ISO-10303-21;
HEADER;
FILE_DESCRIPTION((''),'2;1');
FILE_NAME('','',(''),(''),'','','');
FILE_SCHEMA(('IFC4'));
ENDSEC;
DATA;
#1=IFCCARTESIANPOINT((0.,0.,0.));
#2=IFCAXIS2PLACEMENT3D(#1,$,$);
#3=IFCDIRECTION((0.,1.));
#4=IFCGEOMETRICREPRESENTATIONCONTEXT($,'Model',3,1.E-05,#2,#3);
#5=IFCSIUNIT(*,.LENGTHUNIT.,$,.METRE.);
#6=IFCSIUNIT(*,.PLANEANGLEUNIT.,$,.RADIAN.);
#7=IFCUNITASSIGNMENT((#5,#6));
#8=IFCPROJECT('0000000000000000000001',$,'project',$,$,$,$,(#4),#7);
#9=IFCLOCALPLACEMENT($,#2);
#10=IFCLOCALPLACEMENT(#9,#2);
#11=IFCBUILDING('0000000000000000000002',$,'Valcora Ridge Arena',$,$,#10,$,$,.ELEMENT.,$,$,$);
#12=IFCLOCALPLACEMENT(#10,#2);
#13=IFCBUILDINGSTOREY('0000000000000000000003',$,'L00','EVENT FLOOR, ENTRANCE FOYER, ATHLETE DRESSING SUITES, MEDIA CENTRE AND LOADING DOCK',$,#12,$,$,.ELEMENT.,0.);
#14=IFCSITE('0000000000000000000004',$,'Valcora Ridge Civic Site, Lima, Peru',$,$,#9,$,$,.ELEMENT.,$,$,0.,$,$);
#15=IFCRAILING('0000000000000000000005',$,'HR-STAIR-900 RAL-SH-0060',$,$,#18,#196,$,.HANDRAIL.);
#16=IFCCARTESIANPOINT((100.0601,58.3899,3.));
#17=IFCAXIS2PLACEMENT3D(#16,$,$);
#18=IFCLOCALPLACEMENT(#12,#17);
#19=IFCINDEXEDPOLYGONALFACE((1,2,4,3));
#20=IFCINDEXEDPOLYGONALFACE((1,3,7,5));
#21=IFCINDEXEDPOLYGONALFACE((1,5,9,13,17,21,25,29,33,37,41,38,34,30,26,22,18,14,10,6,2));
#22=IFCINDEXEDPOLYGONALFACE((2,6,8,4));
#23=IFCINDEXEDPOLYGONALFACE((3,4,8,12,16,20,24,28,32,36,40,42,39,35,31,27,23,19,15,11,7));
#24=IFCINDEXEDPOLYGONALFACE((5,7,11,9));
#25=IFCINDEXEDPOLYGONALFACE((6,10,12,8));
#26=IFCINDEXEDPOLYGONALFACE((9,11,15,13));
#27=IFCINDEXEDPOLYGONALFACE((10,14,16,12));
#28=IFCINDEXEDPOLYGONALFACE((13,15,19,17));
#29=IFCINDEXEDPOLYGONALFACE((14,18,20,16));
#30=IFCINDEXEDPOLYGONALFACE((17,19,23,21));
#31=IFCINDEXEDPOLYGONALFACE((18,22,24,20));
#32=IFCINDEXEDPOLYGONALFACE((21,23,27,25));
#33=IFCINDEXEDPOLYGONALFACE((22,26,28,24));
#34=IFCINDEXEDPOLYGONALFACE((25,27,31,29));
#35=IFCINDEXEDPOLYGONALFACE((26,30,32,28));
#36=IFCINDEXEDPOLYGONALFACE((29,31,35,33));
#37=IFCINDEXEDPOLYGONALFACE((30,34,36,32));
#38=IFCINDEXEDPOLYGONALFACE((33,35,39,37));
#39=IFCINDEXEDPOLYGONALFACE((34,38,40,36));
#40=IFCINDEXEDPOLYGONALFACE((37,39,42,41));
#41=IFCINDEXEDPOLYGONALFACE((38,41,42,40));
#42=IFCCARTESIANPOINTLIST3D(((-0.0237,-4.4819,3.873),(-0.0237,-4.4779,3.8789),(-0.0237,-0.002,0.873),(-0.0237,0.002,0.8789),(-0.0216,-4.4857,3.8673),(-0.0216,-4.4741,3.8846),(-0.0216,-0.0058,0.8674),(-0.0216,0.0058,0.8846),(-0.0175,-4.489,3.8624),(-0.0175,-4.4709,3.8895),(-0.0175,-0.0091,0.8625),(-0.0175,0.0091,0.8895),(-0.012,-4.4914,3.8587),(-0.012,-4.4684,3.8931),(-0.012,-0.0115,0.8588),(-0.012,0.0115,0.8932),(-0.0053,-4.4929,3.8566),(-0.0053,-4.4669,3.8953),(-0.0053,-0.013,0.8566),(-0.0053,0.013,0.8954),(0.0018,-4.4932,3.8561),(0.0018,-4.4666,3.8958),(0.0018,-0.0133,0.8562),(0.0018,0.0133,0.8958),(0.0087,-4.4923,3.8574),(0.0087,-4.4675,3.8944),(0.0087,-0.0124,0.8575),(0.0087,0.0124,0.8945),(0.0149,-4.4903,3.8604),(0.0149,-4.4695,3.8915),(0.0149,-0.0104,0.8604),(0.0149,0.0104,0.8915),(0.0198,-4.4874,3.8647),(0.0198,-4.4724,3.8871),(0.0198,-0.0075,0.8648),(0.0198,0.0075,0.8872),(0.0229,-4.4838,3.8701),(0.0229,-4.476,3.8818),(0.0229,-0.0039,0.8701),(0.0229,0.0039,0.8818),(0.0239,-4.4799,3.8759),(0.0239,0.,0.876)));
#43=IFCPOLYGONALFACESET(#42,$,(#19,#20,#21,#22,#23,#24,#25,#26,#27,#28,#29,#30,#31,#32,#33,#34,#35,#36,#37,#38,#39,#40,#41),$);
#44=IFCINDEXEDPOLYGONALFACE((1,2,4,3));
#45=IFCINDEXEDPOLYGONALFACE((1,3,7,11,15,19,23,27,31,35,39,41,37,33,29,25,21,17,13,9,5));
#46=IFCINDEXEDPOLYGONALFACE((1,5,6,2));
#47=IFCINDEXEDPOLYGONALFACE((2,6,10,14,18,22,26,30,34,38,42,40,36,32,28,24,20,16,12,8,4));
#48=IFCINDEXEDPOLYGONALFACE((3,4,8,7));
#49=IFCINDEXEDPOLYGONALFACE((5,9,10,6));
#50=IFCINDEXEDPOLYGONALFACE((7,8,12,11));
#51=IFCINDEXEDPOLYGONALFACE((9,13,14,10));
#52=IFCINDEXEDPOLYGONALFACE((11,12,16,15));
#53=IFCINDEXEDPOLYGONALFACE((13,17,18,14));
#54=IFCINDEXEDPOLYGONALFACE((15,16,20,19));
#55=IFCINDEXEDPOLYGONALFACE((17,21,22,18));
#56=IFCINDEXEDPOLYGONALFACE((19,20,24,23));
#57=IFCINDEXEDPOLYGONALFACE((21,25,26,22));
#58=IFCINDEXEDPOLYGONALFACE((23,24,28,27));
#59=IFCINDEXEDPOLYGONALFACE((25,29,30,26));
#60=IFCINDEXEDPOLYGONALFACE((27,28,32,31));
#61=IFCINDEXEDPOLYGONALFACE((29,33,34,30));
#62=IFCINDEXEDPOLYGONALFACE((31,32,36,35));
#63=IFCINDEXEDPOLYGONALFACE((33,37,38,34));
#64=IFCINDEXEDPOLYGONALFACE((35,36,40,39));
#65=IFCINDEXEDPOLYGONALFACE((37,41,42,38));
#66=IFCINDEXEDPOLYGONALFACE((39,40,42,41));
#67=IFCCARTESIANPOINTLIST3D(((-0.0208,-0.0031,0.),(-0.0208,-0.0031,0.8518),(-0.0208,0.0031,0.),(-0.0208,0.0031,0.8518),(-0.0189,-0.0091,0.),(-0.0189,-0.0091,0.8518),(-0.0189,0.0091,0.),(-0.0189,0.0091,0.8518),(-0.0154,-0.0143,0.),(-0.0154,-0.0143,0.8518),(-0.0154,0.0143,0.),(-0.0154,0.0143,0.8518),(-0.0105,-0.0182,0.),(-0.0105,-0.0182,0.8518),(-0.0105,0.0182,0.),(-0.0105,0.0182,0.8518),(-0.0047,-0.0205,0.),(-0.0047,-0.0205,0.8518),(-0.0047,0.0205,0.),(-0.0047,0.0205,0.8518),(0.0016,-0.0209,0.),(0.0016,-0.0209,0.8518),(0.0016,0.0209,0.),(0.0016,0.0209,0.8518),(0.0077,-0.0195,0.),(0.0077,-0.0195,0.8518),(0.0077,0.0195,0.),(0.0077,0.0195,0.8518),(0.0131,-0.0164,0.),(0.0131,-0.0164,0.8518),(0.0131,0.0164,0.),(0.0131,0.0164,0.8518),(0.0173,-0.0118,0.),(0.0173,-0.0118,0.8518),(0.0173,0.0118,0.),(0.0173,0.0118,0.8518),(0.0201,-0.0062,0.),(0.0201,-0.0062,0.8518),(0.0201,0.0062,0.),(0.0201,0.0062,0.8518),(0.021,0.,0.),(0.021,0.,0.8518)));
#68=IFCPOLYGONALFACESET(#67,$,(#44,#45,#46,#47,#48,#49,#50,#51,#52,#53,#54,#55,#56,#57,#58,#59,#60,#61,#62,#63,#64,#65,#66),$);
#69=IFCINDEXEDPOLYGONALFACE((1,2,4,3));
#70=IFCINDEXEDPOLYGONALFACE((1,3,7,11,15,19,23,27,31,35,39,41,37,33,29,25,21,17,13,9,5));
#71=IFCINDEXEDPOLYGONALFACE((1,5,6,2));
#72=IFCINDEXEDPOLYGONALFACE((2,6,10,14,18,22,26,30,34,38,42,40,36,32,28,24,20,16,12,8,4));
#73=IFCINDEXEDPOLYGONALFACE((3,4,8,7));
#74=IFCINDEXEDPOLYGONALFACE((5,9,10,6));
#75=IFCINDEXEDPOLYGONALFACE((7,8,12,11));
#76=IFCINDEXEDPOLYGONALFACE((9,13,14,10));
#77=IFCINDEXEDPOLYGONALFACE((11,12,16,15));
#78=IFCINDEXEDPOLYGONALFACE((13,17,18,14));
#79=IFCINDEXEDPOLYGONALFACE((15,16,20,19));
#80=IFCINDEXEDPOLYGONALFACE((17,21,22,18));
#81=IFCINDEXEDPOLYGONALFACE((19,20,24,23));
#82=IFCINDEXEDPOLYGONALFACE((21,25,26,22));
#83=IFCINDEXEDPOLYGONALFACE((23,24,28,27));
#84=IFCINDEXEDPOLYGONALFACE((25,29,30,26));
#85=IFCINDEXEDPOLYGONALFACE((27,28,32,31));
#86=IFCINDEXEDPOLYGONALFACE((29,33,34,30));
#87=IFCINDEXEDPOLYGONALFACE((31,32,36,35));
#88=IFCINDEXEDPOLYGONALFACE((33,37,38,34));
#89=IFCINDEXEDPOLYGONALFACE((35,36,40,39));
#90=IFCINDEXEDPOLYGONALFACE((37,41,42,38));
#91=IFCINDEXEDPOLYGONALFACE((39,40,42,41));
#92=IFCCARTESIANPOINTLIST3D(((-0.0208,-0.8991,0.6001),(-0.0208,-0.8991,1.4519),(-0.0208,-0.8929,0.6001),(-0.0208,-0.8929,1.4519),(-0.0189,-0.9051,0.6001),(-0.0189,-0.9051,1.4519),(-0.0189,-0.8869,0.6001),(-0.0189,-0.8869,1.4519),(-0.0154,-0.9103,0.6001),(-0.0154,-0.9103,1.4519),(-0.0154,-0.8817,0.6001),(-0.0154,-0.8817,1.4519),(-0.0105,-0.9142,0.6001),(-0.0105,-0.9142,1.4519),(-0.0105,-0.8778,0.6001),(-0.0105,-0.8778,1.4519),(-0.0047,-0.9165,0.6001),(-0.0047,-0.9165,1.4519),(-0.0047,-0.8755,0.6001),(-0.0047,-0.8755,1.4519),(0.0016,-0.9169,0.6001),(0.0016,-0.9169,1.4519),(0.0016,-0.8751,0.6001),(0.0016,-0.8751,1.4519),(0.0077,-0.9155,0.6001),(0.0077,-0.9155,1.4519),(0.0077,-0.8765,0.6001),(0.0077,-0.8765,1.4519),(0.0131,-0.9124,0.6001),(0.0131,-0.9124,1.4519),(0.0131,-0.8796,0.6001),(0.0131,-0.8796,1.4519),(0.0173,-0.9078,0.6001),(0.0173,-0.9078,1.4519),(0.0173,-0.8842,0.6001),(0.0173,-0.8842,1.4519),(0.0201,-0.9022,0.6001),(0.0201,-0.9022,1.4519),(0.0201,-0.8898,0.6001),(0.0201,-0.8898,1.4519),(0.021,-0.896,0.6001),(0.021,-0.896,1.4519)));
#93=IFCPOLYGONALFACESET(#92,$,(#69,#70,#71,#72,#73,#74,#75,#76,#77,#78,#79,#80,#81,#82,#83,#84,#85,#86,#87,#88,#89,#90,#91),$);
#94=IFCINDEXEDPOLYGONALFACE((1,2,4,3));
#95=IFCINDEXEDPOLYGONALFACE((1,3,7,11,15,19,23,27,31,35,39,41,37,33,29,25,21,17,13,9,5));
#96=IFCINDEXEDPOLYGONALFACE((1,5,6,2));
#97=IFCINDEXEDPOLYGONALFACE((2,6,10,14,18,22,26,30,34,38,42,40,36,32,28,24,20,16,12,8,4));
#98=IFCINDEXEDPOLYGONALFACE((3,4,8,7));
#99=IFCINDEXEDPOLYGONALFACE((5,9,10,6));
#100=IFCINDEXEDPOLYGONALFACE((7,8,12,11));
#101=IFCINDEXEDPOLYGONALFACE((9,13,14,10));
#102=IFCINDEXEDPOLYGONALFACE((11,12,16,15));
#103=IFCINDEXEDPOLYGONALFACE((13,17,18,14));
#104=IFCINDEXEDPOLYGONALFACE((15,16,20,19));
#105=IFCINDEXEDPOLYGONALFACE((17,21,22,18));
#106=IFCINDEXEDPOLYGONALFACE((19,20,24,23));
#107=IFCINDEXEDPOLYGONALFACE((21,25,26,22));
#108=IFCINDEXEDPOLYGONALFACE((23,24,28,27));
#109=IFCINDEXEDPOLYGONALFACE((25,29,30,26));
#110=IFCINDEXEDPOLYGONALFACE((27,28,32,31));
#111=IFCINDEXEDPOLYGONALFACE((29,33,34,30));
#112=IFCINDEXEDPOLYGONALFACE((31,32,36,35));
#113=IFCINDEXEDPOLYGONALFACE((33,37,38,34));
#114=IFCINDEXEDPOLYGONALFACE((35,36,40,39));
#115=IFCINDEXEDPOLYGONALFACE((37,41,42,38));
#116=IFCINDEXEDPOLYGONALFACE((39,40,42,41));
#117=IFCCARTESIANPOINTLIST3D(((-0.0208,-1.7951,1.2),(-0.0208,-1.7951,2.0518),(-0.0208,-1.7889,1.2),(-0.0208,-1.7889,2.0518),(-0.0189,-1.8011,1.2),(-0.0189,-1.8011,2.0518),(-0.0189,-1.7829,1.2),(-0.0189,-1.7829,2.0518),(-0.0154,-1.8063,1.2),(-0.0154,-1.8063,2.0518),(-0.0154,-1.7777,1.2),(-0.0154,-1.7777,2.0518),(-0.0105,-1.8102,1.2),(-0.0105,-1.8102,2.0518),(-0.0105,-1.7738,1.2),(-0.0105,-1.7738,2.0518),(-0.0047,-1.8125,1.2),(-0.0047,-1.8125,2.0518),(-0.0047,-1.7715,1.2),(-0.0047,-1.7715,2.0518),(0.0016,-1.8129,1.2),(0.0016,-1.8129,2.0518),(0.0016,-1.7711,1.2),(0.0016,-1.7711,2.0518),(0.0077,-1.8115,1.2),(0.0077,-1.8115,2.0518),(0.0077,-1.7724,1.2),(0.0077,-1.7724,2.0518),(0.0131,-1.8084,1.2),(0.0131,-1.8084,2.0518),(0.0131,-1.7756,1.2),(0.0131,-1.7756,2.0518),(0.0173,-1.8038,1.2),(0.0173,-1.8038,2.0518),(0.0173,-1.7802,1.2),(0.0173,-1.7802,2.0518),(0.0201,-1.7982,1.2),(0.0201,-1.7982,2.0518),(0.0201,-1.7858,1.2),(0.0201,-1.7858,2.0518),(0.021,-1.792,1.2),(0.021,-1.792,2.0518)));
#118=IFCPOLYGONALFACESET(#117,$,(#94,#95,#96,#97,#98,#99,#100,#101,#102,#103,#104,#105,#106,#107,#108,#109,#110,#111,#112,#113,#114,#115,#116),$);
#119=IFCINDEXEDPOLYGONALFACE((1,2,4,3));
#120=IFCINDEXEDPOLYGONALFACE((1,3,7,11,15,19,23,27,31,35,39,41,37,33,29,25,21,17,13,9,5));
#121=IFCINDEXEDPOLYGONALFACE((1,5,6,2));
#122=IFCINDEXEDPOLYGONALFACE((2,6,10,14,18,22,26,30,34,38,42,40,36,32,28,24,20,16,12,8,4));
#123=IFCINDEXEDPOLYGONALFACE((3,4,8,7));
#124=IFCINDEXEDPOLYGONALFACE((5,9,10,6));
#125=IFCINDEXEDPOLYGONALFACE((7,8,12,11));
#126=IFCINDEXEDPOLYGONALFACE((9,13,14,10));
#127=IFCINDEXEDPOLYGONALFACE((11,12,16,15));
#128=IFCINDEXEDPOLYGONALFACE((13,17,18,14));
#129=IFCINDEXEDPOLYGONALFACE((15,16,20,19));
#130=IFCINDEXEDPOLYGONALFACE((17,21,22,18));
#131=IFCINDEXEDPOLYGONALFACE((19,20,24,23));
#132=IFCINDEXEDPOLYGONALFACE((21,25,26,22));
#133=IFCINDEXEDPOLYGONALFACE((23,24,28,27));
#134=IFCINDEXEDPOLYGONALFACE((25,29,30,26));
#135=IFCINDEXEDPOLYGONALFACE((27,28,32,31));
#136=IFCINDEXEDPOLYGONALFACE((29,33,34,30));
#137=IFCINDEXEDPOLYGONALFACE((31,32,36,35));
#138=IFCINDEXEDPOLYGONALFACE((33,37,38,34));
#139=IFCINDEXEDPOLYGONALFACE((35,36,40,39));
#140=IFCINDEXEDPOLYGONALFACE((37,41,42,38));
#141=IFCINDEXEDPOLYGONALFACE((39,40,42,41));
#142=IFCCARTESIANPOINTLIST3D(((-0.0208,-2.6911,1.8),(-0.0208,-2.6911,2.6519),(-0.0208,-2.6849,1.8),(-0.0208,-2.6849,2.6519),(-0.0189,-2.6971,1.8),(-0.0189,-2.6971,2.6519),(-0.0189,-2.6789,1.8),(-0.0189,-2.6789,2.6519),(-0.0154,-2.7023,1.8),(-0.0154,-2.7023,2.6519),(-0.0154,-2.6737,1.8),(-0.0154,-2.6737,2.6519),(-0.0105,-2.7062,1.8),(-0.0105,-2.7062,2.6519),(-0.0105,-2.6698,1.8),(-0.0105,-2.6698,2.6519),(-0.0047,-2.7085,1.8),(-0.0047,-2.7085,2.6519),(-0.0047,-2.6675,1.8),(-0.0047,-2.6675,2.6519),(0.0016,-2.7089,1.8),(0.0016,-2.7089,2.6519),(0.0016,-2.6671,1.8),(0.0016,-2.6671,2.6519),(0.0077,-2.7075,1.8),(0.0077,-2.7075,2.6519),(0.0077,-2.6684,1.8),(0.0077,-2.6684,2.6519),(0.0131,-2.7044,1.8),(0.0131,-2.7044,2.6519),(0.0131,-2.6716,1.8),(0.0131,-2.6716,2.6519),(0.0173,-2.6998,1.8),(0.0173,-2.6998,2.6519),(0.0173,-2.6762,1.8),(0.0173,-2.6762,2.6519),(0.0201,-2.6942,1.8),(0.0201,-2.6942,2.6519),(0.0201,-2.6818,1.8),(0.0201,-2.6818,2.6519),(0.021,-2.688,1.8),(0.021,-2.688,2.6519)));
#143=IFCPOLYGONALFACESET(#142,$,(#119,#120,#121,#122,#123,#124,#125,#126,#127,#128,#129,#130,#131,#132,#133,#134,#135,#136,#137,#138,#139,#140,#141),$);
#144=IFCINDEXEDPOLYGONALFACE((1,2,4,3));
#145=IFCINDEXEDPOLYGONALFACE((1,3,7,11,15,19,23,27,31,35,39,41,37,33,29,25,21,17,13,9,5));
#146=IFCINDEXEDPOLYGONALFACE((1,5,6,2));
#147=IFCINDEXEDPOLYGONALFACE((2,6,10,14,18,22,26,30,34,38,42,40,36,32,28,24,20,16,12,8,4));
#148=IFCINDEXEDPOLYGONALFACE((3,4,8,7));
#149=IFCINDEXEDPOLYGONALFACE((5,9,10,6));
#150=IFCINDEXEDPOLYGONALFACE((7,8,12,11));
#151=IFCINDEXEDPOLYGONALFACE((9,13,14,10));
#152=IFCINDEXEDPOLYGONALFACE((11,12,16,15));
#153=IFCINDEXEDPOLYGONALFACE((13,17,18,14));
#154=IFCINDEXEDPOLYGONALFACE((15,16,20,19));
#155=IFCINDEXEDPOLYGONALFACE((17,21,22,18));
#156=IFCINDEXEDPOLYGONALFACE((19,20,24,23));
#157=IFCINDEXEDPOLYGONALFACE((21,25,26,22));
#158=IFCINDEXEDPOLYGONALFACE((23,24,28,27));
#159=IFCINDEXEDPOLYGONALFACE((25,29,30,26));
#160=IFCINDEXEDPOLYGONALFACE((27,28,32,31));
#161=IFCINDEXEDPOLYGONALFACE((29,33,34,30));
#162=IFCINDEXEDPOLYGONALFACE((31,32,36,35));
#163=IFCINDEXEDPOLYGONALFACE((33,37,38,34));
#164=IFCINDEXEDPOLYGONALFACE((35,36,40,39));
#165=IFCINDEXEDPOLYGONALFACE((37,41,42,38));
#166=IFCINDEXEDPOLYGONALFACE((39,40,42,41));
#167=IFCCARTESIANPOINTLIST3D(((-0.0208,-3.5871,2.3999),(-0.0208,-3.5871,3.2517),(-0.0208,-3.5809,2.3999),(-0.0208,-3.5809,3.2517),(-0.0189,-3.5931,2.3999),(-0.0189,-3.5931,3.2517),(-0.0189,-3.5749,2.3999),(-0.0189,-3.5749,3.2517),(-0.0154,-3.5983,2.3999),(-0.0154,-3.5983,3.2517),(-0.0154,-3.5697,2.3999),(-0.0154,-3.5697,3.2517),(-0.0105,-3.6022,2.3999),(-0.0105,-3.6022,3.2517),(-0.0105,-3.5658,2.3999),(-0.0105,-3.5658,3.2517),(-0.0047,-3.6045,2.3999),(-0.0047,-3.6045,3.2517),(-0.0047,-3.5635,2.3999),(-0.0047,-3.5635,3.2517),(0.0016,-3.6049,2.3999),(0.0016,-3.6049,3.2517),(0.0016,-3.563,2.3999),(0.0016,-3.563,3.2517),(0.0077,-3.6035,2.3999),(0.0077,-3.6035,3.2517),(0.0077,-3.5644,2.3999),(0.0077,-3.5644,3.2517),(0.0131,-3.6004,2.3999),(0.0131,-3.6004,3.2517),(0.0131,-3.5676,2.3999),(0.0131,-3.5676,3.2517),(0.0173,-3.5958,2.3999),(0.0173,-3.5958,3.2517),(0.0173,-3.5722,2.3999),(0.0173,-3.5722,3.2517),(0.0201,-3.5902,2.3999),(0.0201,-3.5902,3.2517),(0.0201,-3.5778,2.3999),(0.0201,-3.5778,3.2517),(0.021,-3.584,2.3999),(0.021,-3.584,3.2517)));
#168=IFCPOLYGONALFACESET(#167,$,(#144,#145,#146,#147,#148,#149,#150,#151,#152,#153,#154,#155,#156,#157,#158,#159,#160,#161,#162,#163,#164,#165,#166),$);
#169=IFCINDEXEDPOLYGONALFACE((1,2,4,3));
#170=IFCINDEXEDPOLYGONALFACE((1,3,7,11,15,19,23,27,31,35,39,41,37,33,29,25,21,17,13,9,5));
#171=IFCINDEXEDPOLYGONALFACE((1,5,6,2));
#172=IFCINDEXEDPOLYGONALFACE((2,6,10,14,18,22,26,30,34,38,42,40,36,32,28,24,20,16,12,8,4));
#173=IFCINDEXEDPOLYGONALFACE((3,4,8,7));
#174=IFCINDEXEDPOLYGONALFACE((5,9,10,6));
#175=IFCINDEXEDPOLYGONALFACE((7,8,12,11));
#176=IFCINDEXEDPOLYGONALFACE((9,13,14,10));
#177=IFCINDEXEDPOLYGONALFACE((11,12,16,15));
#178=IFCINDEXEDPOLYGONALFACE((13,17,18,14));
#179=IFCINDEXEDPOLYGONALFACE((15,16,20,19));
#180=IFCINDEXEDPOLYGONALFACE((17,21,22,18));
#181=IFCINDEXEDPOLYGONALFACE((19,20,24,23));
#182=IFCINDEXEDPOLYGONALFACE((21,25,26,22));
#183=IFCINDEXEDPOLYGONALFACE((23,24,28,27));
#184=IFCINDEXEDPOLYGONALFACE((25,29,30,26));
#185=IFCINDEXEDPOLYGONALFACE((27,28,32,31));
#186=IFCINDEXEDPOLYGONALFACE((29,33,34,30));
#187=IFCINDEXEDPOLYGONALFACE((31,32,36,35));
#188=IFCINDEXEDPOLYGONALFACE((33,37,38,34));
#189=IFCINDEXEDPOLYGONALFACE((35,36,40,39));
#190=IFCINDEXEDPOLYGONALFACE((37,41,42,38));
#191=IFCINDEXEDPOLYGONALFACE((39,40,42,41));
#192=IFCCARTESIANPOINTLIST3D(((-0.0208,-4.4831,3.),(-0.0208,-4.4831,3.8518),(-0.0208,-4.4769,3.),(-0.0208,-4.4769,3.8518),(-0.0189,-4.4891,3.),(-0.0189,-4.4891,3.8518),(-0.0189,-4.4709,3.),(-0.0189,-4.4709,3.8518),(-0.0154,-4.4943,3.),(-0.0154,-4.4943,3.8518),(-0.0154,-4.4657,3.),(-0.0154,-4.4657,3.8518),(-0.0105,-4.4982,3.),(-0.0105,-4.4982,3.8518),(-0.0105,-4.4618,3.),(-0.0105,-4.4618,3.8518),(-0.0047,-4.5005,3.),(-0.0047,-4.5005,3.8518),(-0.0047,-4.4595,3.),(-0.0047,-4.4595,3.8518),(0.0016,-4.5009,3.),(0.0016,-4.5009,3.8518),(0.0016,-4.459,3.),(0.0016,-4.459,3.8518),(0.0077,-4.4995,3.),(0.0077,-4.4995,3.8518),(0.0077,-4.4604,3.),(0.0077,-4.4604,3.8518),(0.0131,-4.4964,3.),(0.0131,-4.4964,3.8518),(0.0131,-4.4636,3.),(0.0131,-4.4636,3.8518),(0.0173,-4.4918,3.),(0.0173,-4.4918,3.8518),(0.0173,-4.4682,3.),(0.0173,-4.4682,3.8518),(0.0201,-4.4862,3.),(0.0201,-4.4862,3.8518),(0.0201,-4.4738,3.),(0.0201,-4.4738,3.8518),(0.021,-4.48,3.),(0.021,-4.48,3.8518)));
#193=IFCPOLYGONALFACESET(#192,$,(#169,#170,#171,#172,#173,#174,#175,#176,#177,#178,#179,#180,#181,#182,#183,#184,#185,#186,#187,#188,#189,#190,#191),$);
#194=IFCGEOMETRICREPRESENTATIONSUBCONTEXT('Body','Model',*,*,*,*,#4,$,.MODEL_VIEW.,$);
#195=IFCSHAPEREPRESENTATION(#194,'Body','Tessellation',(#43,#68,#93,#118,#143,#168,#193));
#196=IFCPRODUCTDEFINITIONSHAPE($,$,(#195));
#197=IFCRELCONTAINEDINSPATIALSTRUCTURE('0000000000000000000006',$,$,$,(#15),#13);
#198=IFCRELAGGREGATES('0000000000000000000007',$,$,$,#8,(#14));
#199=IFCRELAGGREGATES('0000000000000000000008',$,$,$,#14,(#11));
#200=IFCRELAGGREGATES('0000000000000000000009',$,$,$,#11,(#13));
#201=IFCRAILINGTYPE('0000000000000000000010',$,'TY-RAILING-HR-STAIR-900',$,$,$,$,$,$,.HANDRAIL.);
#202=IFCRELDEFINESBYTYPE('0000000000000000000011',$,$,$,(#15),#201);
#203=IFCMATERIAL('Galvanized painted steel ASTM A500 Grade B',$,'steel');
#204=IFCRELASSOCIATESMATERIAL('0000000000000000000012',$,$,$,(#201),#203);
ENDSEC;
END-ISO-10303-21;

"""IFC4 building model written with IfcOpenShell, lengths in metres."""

from ifc_helpers import new_model, si_unit, direction, frame, origin, origin_2d, place, context, subcontext, project, spatial, circle, extrude, material, type_object, element, save


model = new_model("IFC4")

# Units and contexts
model_context = context("Model", 3, precision=1e-05, world=origin(), true_north=direction((0.0, 1.0)))
body_context = subcontext(model_context, "Body", "Model", "MODEL_VIEW")
ifc_project = project(units=[si_unit("LENGTHUNIT", "METRE"), si_unit("PLANEANGLEUNIT", "RADIAN")], contexts=[model_context])

# Site, building, storey
site_placement = place(None, origin())
site = spatial("IfcSite", under=ifc_project, at=site_placement, Name="Valcora Ridge Civic Site, Lima, Peru", CompositionType="ELEMENT", RefElevation=0.0)
building_placement = place(site_placement, origin())
building = spatial("IfcBuilding", under=site, at=building_placement, Name="Valcora Ridge Arena", CompositionType="ELEMENT")
storey_placement = place(building_placement, origin())
storey = spatial("IfcBuildingStorey", under=building, at=storey_placement, Name="L00", Description="EVENT FLOOR, ENTRANCE FOYER, ATHLETE DRESSING SUITES, MEDIA CENTRE AND LOADING DOCK", CompositionType="ELEMENT", Elevation=0.0)

# Railing
ifc_material_1 = material(Name="Galvanized painted steel ASTM A500 Grade B", Category="steel")
railing_type_1 = type_object("IfcRailingType", Name="TY-RAILING-HR-STAIR-900", PredefinedType="HANDRAIL", material=ifc_material_1)
railing_1_placement = place(storey_placement, frame((100.0601, 58.3899, 3.0)))
element("IfcRailing", 1, at=railing_1_placement, inside=storey, type_object=railing_type_1, Name="HR-STAIR-900 RAL-SH-0060", PredefinedType="HANDRAIL", context=body_context, shape_type="SweptSolid", body=[
    extrude(circle(Radius=0.0239, at=origin_2d()), frame((0.0, 0.0, 0.876), z_axis=(0.0, -0.830906, 0.556413), x_axis=(1.0, 0.0, 0.0)), (0.0, 0.0, 1.0), 5.3916),
    extrude(circle(Radius=0.021, at=origin_2d()), origin(), (0.0, 0.0, 1.0), 0.8518),
    extrude(circle(Radius=0.021, at=origin_2d()), frame((0.0, -0.896, 0.6001)), (0.0, 0.0, 1.0), 0.8518),
    extrude(circle(Radius=0.021, at=origin_2d()), frame((0.0, -1.792, 1.2)), (0.0, 0.0, 1.0), 0.8518),
    extrude(circle(Radius=0.021, at=origin_2d()), frame((0.0, -2.688, 1.8)), (0.0, 0.0, 1.0), 0.8518),
    extrude(circle(Radius=0.021, at=origin_2d()), frame((0.0, -3.584, 2.3999)), (0.0, 0.0, 1.0), 0.8518),
    extrude(circle(Radius=0.021, at=origin_2d()), frame((0.0, -4.48, 3.0)), (0.0, 0.0, 1.0), 0.8518),
])

save(model, "model.ifc")
